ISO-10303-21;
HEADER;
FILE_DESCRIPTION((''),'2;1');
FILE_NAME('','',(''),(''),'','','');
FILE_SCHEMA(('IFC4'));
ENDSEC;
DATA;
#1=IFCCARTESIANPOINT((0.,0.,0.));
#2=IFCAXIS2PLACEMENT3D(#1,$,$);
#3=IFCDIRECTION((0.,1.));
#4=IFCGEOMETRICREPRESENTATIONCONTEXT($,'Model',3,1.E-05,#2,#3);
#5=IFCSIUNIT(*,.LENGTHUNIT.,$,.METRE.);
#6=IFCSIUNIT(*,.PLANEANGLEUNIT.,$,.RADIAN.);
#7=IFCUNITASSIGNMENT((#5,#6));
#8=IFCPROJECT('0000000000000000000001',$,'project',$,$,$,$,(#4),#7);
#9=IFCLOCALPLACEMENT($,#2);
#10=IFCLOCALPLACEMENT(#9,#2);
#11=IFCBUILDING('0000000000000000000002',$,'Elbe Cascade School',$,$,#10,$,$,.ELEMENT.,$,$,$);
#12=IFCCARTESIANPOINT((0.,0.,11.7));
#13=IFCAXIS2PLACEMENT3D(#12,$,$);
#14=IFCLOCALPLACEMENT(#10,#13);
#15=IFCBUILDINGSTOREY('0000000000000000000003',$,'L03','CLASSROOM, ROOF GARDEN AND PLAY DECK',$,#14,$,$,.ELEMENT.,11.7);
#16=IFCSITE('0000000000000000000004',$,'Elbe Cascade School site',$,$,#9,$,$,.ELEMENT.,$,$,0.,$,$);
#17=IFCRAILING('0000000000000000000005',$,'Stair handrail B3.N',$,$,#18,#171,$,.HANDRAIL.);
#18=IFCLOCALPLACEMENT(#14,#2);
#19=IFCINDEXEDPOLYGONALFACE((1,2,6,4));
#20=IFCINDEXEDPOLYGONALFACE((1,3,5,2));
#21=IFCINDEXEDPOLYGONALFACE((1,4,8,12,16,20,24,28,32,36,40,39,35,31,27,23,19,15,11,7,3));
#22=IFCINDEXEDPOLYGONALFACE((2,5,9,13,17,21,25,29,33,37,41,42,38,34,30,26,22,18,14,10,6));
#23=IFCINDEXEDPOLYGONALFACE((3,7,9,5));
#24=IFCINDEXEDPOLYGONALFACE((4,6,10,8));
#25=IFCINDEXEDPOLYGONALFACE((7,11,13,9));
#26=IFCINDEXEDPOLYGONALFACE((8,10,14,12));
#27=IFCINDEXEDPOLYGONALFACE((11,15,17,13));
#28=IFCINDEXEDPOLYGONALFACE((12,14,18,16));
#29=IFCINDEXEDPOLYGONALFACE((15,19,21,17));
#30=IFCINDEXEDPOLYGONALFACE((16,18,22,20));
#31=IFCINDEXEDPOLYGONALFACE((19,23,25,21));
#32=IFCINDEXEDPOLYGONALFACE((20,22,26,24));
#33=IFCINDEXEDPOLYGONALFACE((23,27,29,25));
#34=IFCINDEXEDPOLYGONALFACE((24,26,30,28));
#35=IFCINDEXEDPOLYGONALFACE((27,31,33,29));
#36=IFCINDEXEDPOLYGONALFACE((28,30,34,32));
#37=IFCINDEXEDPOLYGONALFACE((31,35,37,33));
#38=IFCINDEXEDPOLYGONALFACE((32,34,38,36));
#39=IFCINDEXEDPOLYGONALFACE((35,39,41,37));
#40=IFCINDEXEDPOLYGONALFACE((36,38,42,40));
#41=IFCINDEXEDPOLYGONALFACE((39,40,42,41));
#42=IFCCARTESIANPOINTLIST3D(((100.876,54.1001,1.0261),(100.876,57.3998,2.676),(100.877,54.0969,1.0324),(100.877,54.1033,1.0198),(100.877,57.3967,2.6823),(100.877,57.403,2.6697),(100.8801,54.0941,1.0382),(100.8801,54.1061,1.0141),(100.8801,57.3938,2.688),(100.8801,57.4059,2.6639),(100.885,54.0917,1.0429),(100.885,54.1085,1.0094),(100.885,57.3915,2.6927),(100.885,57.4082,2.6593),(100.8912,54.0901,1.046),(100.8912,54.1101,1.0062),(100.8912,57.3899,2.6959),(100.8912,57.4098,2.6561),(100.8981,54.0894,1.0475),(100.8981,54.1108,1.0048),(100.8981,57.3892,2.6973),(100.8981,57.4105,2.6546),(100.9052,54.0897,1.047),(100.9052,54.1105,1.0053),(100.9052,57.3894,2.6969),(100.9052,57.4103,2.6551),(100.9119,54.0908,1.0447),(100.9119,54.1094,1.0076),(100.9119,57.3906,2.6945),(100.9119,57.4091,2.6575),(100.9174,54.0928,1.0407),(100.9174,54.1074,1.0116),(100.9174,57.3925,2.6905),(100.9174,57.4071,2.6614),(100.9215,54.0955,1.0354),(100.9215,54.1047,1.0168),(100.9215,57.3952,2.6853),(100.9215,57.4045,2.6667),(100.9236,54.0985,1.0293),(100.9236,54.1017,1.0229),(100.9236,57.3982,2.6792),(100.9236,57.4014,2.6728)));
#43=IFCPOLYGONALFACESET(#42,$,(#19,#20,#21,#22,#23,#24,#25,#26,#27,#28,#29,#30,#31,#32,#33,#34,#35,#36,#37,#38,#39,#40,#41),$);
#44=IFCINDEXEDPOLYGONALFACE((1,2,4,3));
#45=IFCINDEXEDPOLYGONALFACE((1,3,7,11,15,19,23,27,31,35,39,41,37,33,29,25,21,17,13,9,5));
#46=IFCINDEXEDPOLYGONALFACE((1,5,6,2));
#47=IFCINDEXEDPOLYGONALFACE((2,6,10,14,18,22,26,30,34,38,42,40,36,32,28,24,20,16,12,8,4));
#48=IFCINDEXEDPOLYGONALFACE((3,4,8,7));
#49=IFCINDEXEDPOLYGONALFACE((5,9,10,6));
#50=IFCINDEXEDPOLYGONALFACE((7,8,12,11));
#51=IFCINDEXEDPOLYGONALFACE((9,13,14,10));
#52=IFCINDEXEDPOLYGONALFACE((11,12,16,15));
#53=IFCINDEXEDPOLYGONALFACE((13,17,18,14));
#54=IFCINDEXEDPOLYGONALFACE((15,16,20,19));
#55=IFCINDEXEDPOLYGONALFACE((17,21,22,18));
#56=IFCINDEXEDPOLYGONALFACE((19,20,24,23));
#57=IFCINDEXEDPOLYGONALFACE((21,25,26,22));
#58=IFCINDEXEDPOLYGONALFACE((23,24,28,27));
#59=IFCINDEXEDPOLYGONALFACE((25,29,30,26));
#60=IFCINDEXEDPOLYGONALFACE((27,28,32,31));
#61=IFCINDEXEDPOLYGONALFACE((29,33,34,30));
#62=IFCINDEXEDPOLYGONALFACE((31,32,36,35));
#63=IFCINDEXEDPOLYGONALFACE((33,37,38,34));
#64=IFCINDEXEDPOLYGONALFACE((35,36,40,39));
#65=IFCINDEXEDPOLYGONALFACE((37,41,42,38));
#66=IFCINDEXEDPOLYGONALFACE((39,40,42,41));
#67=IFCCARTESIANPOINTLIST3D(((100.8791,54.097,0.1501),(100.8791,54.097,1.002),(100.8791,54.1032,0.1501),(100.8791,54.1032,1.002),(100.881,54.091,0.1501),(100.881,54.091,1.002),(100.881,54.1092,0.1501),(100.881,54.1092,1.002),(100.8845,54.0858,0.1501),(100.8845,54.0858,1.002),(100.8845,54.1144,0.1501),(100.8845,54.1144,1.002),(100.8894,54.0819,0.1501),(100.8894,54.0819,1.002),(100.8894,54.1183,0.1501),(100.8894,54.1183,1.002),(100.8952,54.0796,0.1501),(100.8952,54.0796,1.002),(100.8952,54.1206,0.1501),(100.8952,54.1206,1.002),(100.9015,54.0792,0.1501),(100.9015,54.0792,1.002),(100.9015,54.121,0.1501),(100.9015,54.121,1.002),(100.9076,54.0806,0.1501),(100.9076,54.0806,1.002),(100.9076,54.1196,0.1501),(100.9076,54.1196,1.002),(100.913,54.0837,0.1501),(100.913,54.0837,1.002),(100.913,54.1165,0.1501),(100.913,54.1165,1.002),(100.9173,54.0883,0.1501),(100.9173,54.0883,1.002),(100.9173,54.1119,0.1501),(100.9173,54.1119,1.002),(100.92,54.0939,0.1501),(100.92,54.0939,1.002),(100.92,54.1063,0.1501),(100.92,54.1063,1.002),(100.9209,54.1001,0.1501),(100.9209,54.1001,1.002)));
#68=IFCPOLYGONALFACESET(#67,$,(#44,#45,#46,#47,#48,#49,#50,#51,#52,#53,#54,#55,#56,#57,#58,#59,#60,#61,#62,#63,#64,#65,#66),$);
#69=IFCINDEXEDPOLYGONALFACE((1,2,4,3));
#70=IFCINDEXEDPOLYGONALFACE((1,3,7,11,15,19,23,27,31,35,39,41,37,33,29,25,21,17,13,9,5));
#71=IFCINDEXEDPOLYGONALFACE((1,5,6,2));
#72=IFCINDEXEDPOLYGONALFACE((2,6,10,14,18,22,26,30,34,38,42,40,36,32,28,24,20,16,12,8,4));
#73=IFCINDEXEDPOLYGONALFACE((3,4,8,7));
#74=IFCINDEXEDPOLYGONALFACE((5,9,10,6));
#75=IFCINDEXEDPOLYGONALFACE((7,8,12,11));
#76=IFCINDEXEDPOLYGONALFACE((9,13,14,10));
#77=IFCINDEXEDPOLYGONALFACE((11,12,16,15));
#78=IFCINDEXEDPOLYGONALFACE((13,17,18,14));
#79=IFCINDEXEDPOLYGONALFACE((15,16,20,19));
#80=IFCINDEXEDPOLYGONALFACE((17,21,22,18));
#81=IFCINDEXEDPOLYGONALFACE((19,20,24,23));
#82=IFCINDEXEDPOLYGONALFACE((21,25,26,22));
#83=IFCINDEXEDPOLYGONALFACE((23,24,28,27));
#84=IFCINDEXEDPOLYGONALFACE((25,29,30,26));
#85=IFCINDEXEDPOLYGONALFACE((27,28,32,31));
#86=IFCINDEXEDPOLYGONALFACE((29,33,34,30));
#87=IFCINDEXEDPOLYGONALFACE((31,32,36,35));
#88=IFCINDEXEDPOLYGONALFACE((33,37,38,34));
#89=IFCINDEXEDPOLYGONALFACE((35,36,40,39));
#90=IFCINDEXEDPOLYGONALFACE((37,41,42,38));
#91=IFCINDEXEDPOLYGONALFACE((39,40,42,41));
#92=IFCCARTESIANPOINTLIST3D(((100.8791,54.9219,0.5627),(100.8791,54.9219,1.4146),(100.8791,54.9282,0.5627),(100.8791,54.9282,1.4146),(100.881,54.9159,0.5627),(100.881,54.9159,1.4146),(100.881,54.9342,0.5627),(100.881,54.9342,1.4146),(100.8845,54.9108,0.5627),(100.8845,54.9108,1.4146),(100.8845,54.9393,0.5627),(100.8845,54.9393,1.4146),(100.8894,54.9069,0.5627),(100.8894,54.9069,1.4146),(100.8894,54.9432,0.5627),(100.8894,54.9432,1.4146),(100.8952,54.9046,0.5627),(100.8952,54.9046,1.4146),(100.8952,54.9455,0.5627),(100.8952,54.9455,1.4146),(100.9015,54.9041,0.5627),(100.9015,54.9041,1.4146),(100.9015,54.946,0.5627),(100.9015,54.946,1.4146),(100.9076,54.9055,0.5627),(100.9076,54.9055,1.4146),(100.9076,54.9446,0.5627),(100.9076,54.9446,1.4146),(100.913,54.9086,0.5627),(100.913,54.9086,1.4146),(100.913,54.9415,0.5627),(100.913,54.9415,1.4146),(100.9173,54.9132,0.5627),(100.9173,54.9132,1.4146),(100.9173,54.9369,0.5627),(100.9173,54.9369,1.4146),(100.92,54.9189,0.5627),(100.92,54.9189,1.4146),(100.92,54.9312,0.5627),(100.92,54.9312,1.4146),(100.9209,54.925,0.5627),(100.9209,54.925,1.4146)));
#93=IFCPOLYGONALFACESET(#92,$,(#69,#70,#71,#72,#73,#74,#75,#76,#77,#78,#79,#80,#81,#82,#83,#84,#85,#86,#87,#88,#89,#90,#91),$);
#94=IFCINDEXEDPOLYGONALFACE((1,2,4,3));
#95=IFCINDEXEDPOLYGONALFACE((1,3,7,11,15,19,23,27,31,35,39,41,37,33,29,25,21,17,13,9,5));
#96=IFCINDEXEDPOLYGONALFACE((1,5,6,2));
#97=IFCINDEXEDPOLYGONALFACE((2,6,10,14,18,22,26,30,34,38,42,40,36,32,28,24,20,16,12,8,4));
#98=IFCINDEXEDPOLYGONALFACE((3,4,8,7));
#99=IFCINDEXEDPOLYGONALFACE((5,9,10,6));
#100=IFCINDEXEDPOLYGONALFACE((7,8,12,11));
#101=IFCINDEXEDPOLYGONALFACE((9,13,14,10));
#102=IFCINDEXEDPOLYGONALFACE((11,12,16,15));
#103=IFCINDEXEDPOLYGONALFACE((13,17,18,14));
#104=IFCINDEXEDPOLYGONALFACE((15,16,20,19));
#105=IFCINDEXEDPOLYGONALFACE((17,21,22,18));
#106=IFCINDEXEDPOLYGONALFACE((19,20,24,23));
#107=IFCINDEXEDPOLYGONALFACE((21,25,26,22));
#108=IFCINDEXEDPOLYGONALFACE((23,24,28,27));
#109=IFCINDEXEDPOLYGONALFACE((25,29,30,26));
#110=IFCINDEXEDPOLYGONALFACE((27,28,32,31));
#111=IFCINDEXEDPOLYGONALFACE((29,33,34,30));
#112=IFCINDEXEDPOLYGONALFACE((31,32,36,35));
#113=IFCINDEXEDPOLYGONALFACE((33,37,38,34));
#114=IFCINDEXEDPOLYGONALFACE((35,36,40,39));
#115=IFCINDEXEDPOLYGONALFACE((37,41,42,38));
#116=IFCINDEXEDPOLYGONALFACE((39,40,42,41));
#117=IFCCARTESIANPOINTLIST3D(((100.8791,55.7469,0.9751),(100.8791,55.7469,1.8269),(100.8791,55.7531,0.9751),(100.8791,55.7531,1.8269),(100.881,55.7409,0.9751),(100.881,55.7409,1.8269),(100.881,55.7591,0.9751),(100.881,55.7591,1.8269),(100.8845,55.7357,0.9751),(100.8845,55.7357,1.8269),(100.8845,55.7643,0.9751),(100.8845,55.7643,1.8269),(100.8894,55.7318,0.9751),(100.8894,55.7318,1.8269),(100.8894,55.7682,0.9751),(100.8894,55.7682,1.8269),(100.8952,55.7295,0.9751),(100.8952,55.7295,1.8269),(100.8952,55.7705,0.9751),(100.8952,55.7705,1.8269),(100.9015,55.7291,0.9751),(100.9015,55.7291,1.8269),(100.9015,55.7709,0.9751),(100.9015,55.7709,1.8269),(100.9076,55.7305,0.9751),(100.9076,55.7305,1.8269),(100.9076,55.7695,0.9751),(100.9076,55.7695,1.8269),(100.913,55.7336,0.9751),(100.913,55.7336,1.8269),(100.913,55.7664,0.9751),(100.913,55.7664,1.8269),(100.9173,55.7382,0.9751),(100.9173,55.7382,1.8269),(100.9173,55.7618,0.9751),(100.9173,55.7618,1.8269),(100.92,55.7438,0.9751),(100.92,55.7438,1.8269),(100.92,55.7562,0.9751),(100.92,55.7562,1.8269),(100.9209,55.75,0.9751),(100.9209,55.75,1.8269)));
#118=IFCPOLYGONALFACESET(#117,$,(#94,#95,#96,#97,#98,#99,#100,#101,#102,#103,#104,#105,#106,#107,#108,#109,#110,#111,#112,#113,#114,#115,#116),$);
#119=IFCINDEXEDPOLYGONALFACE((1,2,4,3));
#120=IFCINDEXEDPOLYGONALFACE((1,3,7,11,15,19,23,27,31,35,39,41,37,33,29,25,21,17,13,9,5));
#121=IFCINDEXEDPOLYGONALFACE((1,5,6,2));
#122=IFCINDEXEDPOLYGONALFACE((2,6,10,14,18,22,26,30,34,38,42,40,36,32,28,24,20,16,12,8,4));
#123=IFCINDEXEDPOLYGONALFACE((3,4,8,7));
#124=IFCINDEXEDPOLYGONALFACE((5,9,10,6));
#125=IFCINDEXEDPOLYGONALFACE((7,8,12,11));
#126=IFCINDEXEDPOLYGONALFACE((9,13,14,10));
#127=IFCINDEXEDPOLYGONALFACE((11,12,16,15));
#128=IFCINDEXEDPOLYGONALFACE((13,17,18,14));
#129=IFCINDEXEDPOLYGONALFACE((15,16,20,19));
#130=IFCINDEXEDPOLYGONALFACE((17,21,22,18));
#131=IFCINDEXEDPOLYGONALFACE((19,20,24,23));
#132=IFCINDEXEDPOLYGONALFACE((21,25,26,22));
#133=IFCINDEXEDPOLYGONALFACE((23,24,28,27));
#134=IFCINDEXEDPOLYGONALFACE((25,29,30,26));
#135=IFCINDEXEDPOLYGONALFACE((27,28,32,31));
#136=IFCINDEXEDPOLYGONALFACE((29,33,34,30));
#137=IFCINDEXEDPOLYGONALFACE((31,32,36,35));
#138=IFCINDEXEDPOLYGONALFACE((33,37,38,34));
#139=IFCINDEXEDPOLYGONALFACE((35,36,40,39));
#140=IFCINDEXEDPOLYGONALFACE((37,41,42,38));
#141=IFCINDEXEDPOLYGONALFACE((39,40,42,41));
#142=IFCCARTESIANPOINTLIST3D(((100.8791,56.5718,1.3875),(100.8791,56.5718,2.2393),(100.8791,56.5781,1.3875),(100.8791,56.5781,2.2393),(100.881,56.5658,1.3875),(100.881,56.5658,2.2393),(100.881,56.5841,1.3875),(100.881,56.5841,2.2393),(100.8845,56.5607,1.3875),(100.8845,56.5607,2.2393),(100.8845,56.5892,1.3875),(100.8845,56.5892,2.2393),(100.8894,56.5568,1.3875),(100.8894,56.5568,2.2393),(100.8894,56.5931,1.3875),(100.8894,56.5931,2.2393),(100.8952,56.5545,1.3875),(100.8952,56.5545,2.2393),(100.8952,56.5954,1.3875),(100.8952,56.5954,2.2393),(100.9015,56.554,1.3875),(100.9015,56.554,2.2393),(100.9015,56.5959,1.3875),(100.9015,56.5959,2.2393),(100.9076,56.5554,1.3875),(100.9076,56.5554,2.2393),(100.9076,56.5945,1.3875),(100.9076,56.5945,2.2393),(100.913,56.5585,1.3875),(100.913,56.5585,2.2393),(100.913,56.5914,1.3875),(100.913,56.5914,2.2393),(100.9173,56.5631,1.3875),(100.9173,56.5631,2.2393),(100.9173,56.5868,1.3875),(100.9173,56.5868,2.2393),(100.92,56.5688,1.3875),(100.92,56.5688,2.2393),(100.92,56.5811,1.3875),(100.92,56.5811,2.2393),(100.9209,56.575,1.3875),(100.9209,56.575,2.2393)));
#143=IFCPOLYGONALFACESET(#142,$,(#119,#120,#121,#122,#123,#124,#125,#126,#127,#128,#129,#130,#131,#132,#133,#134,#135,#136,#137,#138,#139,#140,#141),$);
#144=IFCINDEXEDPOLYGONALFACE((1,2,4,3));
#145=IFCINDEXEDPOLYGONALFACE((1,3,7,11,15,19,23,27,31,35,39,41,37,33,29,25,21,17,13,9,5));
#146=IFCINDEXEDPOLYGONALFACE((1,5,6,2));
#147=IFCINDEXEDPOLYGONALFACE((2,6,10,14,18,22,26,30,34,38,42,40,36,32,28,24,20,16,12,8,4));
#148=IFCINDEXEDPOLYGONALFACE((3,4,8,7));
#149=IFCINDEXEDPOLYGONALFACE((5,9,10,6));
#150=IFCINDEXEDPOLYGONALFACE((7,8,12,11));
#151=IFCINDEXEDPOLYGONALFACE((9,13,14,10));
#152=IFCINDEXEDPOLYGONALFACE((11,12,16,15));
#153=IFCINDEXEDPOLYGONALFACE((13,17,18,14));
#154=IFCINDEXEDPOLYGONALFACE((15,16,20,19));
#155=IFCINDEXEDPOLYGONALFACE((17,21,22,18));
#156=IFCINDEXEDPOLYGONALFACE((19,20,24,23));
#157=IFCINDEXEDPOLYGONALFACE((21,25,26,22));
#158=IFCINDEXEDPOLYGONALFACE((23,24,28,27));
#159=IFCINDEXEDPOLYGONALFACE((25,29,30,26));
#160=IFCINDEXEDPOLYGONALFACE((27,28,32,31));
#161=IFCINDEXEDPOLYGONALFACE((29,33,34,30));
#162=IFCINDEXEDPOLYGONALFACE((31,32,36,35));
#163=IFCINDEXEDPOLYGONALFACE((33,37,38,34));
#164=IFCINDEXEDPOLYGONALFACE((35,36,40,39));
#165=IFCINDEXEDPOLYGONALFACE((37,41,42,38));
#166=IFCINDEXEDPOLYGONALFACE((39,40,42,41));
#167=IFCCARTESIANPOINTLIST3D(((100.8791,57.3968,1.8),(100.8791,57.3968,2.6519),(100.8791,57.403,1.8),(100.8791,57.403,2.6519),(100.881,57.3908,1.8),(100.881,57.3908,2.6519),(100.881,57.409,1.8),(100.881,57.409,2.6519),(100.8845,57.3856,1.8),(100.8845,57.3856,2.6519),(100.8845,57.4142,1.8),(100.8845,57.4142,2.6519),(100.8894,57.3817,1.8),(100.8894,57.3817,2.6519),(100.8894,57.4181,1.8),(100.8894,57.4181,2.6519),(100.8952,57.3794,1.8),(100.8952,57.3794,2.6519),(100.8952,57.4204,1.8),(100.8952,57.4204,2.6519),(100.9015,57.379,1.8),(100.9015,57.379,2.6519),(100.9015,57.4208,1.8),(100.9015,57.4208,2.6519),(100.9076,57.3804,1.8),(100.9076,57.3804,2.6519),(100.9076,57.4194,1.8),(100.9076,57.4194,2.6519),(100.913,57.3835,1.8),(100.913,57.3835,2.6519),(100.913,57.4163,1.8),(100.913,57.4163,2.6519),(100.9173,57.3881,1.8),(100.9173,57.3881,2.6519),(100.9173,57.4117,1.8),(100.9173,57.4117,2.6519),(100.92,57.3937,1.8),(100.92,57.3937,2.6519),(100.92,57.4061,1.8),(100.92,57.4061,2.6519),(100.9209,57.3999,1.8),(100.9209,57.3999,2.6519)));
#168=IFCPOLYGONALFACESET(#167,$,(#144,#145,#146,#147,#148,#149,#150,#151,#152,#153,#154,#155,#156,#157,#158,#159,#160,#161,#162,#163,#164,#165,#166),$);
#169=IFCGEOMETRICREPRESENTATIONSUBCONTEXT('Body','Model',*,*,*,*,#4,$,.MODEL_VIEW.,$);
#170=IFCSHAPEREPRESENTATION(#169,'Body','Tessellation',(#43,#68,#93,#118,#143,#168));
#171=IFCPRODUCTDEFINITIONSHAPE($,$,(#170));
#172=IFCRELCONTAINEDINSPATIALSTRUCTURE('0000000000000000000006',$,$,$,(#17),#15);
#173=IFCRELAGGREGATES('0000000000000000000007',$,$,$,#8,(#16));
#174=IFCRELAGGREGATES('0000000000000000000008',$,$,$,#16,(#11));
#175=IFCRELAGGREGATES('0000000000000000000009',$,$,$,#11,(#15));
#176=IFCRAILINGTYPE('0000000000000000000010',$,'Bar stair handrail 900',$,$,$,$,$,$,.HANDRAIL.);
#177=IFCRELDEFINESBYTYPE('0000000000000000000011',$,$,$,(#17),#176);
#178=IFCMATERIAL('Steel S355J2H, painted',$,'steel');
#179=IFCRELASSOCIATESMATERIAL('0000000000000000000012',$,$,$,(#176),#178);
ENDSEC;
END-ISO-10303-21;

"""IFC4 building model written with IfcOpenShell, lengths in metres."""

from ifc_helpers import new_model, si_unit, direction, frame, origin, origin_2d, place, context, subcontext, project, spatial, circle, extrude, material, type_object, element, save


model = new_model("IFC4")

# Units and contexts
model_context = context("Model", 3, precision=1e-05, world=origin(), true_north=direction((0.0, 1.0)))
body_context = subcontext(model_context, "Body", "Model", "MODEL_VIEW")
ifc_project = project(units=[si_unit("LENGTHUNIT", "METRE"), si_unit("PLANEANGLEUNIT", "RADIAN")], contexts=[model_context])

# Site, building, storey
site_placement = place(None, origin())
site = spatial("IfcSite", under=ifc_project, at=site_placement, Name="Elbe Cascade School site", CompositionType="ELEMENT", RefElevation=0.0)
building_placement = place(site_placement, origin())
building = spatial("IfcBuilding", under=site, at=building_placement, Name="Elbe Cascade School", CompositionType="ELEMENT")
storey_placement = place(building_placement, frame((0.0, 0.0, 11.7)))
storey = spatial("IfcBuildingStorey", under=building, at=storey_placement, Name="L03", Description="CLASSROOM, ROOF GARDEN AND PLAY DECK", CompositionType="ELEMENT", Elevation=11.7)

# Railing
ifc_material_1 = material(Name="Steel S355J2H, painted", Category="steel")
railing_type_1 = type_object("IfcRailingType", Name="Bar stair handrail 900", PredefinedType="HANDRAIL", material=ifc_material_1)
railing_1_placement = place(storey_placement, frame((100.8999, 54.1001, 0.1501)))
element("IfcRailing", 1, at=railing_1_placement, inside=storey, type_object=railing_type_1, Name="Stair handrail B3.N", PredefinedType="HANDRAIL", context=body_context, shape_type="SweptSolid", body=[
    extrude(circle(Radius=0.0239, at=origin_2d()), frame((0.0, 0.0, 0.876), z_axis=(0.0, 0.894427, 0.447214), x_axis=(-1.0, 0.0, 0.0)), (0.0, 0.0, 1.0), 3.6892),
    extrude(circle(Radius=0.021, at=origin_2d()), origin(), (0.0, 0.0, 1.0), 0.8518),
    extrude(circle(Radius=0.021, at=origin_2d()), frame((0.0, 0.825, 0.4126)), (0.0, 0.0, 1.0), 0.8518),
    extrude(circle(Radius=0.021, at=origin_2d()), frame((0.0, 1.6499, 0.825)), (0.0, 0.0, 1.0), 0.8518),
    extrude(circle(Radius=0.021, at=origin_2d()), frame((0.0, 2.4749, 1.2373)), (0.0, 0.0, 1.0), 0.8518),
    extrude(circle(Radius=0.021, at=origin_2d()), frame((0.0, 3.2998, 1.6499)), (0.0, 0.0, 1.0), 0.8518),
])

save(model, "model.ifc")
